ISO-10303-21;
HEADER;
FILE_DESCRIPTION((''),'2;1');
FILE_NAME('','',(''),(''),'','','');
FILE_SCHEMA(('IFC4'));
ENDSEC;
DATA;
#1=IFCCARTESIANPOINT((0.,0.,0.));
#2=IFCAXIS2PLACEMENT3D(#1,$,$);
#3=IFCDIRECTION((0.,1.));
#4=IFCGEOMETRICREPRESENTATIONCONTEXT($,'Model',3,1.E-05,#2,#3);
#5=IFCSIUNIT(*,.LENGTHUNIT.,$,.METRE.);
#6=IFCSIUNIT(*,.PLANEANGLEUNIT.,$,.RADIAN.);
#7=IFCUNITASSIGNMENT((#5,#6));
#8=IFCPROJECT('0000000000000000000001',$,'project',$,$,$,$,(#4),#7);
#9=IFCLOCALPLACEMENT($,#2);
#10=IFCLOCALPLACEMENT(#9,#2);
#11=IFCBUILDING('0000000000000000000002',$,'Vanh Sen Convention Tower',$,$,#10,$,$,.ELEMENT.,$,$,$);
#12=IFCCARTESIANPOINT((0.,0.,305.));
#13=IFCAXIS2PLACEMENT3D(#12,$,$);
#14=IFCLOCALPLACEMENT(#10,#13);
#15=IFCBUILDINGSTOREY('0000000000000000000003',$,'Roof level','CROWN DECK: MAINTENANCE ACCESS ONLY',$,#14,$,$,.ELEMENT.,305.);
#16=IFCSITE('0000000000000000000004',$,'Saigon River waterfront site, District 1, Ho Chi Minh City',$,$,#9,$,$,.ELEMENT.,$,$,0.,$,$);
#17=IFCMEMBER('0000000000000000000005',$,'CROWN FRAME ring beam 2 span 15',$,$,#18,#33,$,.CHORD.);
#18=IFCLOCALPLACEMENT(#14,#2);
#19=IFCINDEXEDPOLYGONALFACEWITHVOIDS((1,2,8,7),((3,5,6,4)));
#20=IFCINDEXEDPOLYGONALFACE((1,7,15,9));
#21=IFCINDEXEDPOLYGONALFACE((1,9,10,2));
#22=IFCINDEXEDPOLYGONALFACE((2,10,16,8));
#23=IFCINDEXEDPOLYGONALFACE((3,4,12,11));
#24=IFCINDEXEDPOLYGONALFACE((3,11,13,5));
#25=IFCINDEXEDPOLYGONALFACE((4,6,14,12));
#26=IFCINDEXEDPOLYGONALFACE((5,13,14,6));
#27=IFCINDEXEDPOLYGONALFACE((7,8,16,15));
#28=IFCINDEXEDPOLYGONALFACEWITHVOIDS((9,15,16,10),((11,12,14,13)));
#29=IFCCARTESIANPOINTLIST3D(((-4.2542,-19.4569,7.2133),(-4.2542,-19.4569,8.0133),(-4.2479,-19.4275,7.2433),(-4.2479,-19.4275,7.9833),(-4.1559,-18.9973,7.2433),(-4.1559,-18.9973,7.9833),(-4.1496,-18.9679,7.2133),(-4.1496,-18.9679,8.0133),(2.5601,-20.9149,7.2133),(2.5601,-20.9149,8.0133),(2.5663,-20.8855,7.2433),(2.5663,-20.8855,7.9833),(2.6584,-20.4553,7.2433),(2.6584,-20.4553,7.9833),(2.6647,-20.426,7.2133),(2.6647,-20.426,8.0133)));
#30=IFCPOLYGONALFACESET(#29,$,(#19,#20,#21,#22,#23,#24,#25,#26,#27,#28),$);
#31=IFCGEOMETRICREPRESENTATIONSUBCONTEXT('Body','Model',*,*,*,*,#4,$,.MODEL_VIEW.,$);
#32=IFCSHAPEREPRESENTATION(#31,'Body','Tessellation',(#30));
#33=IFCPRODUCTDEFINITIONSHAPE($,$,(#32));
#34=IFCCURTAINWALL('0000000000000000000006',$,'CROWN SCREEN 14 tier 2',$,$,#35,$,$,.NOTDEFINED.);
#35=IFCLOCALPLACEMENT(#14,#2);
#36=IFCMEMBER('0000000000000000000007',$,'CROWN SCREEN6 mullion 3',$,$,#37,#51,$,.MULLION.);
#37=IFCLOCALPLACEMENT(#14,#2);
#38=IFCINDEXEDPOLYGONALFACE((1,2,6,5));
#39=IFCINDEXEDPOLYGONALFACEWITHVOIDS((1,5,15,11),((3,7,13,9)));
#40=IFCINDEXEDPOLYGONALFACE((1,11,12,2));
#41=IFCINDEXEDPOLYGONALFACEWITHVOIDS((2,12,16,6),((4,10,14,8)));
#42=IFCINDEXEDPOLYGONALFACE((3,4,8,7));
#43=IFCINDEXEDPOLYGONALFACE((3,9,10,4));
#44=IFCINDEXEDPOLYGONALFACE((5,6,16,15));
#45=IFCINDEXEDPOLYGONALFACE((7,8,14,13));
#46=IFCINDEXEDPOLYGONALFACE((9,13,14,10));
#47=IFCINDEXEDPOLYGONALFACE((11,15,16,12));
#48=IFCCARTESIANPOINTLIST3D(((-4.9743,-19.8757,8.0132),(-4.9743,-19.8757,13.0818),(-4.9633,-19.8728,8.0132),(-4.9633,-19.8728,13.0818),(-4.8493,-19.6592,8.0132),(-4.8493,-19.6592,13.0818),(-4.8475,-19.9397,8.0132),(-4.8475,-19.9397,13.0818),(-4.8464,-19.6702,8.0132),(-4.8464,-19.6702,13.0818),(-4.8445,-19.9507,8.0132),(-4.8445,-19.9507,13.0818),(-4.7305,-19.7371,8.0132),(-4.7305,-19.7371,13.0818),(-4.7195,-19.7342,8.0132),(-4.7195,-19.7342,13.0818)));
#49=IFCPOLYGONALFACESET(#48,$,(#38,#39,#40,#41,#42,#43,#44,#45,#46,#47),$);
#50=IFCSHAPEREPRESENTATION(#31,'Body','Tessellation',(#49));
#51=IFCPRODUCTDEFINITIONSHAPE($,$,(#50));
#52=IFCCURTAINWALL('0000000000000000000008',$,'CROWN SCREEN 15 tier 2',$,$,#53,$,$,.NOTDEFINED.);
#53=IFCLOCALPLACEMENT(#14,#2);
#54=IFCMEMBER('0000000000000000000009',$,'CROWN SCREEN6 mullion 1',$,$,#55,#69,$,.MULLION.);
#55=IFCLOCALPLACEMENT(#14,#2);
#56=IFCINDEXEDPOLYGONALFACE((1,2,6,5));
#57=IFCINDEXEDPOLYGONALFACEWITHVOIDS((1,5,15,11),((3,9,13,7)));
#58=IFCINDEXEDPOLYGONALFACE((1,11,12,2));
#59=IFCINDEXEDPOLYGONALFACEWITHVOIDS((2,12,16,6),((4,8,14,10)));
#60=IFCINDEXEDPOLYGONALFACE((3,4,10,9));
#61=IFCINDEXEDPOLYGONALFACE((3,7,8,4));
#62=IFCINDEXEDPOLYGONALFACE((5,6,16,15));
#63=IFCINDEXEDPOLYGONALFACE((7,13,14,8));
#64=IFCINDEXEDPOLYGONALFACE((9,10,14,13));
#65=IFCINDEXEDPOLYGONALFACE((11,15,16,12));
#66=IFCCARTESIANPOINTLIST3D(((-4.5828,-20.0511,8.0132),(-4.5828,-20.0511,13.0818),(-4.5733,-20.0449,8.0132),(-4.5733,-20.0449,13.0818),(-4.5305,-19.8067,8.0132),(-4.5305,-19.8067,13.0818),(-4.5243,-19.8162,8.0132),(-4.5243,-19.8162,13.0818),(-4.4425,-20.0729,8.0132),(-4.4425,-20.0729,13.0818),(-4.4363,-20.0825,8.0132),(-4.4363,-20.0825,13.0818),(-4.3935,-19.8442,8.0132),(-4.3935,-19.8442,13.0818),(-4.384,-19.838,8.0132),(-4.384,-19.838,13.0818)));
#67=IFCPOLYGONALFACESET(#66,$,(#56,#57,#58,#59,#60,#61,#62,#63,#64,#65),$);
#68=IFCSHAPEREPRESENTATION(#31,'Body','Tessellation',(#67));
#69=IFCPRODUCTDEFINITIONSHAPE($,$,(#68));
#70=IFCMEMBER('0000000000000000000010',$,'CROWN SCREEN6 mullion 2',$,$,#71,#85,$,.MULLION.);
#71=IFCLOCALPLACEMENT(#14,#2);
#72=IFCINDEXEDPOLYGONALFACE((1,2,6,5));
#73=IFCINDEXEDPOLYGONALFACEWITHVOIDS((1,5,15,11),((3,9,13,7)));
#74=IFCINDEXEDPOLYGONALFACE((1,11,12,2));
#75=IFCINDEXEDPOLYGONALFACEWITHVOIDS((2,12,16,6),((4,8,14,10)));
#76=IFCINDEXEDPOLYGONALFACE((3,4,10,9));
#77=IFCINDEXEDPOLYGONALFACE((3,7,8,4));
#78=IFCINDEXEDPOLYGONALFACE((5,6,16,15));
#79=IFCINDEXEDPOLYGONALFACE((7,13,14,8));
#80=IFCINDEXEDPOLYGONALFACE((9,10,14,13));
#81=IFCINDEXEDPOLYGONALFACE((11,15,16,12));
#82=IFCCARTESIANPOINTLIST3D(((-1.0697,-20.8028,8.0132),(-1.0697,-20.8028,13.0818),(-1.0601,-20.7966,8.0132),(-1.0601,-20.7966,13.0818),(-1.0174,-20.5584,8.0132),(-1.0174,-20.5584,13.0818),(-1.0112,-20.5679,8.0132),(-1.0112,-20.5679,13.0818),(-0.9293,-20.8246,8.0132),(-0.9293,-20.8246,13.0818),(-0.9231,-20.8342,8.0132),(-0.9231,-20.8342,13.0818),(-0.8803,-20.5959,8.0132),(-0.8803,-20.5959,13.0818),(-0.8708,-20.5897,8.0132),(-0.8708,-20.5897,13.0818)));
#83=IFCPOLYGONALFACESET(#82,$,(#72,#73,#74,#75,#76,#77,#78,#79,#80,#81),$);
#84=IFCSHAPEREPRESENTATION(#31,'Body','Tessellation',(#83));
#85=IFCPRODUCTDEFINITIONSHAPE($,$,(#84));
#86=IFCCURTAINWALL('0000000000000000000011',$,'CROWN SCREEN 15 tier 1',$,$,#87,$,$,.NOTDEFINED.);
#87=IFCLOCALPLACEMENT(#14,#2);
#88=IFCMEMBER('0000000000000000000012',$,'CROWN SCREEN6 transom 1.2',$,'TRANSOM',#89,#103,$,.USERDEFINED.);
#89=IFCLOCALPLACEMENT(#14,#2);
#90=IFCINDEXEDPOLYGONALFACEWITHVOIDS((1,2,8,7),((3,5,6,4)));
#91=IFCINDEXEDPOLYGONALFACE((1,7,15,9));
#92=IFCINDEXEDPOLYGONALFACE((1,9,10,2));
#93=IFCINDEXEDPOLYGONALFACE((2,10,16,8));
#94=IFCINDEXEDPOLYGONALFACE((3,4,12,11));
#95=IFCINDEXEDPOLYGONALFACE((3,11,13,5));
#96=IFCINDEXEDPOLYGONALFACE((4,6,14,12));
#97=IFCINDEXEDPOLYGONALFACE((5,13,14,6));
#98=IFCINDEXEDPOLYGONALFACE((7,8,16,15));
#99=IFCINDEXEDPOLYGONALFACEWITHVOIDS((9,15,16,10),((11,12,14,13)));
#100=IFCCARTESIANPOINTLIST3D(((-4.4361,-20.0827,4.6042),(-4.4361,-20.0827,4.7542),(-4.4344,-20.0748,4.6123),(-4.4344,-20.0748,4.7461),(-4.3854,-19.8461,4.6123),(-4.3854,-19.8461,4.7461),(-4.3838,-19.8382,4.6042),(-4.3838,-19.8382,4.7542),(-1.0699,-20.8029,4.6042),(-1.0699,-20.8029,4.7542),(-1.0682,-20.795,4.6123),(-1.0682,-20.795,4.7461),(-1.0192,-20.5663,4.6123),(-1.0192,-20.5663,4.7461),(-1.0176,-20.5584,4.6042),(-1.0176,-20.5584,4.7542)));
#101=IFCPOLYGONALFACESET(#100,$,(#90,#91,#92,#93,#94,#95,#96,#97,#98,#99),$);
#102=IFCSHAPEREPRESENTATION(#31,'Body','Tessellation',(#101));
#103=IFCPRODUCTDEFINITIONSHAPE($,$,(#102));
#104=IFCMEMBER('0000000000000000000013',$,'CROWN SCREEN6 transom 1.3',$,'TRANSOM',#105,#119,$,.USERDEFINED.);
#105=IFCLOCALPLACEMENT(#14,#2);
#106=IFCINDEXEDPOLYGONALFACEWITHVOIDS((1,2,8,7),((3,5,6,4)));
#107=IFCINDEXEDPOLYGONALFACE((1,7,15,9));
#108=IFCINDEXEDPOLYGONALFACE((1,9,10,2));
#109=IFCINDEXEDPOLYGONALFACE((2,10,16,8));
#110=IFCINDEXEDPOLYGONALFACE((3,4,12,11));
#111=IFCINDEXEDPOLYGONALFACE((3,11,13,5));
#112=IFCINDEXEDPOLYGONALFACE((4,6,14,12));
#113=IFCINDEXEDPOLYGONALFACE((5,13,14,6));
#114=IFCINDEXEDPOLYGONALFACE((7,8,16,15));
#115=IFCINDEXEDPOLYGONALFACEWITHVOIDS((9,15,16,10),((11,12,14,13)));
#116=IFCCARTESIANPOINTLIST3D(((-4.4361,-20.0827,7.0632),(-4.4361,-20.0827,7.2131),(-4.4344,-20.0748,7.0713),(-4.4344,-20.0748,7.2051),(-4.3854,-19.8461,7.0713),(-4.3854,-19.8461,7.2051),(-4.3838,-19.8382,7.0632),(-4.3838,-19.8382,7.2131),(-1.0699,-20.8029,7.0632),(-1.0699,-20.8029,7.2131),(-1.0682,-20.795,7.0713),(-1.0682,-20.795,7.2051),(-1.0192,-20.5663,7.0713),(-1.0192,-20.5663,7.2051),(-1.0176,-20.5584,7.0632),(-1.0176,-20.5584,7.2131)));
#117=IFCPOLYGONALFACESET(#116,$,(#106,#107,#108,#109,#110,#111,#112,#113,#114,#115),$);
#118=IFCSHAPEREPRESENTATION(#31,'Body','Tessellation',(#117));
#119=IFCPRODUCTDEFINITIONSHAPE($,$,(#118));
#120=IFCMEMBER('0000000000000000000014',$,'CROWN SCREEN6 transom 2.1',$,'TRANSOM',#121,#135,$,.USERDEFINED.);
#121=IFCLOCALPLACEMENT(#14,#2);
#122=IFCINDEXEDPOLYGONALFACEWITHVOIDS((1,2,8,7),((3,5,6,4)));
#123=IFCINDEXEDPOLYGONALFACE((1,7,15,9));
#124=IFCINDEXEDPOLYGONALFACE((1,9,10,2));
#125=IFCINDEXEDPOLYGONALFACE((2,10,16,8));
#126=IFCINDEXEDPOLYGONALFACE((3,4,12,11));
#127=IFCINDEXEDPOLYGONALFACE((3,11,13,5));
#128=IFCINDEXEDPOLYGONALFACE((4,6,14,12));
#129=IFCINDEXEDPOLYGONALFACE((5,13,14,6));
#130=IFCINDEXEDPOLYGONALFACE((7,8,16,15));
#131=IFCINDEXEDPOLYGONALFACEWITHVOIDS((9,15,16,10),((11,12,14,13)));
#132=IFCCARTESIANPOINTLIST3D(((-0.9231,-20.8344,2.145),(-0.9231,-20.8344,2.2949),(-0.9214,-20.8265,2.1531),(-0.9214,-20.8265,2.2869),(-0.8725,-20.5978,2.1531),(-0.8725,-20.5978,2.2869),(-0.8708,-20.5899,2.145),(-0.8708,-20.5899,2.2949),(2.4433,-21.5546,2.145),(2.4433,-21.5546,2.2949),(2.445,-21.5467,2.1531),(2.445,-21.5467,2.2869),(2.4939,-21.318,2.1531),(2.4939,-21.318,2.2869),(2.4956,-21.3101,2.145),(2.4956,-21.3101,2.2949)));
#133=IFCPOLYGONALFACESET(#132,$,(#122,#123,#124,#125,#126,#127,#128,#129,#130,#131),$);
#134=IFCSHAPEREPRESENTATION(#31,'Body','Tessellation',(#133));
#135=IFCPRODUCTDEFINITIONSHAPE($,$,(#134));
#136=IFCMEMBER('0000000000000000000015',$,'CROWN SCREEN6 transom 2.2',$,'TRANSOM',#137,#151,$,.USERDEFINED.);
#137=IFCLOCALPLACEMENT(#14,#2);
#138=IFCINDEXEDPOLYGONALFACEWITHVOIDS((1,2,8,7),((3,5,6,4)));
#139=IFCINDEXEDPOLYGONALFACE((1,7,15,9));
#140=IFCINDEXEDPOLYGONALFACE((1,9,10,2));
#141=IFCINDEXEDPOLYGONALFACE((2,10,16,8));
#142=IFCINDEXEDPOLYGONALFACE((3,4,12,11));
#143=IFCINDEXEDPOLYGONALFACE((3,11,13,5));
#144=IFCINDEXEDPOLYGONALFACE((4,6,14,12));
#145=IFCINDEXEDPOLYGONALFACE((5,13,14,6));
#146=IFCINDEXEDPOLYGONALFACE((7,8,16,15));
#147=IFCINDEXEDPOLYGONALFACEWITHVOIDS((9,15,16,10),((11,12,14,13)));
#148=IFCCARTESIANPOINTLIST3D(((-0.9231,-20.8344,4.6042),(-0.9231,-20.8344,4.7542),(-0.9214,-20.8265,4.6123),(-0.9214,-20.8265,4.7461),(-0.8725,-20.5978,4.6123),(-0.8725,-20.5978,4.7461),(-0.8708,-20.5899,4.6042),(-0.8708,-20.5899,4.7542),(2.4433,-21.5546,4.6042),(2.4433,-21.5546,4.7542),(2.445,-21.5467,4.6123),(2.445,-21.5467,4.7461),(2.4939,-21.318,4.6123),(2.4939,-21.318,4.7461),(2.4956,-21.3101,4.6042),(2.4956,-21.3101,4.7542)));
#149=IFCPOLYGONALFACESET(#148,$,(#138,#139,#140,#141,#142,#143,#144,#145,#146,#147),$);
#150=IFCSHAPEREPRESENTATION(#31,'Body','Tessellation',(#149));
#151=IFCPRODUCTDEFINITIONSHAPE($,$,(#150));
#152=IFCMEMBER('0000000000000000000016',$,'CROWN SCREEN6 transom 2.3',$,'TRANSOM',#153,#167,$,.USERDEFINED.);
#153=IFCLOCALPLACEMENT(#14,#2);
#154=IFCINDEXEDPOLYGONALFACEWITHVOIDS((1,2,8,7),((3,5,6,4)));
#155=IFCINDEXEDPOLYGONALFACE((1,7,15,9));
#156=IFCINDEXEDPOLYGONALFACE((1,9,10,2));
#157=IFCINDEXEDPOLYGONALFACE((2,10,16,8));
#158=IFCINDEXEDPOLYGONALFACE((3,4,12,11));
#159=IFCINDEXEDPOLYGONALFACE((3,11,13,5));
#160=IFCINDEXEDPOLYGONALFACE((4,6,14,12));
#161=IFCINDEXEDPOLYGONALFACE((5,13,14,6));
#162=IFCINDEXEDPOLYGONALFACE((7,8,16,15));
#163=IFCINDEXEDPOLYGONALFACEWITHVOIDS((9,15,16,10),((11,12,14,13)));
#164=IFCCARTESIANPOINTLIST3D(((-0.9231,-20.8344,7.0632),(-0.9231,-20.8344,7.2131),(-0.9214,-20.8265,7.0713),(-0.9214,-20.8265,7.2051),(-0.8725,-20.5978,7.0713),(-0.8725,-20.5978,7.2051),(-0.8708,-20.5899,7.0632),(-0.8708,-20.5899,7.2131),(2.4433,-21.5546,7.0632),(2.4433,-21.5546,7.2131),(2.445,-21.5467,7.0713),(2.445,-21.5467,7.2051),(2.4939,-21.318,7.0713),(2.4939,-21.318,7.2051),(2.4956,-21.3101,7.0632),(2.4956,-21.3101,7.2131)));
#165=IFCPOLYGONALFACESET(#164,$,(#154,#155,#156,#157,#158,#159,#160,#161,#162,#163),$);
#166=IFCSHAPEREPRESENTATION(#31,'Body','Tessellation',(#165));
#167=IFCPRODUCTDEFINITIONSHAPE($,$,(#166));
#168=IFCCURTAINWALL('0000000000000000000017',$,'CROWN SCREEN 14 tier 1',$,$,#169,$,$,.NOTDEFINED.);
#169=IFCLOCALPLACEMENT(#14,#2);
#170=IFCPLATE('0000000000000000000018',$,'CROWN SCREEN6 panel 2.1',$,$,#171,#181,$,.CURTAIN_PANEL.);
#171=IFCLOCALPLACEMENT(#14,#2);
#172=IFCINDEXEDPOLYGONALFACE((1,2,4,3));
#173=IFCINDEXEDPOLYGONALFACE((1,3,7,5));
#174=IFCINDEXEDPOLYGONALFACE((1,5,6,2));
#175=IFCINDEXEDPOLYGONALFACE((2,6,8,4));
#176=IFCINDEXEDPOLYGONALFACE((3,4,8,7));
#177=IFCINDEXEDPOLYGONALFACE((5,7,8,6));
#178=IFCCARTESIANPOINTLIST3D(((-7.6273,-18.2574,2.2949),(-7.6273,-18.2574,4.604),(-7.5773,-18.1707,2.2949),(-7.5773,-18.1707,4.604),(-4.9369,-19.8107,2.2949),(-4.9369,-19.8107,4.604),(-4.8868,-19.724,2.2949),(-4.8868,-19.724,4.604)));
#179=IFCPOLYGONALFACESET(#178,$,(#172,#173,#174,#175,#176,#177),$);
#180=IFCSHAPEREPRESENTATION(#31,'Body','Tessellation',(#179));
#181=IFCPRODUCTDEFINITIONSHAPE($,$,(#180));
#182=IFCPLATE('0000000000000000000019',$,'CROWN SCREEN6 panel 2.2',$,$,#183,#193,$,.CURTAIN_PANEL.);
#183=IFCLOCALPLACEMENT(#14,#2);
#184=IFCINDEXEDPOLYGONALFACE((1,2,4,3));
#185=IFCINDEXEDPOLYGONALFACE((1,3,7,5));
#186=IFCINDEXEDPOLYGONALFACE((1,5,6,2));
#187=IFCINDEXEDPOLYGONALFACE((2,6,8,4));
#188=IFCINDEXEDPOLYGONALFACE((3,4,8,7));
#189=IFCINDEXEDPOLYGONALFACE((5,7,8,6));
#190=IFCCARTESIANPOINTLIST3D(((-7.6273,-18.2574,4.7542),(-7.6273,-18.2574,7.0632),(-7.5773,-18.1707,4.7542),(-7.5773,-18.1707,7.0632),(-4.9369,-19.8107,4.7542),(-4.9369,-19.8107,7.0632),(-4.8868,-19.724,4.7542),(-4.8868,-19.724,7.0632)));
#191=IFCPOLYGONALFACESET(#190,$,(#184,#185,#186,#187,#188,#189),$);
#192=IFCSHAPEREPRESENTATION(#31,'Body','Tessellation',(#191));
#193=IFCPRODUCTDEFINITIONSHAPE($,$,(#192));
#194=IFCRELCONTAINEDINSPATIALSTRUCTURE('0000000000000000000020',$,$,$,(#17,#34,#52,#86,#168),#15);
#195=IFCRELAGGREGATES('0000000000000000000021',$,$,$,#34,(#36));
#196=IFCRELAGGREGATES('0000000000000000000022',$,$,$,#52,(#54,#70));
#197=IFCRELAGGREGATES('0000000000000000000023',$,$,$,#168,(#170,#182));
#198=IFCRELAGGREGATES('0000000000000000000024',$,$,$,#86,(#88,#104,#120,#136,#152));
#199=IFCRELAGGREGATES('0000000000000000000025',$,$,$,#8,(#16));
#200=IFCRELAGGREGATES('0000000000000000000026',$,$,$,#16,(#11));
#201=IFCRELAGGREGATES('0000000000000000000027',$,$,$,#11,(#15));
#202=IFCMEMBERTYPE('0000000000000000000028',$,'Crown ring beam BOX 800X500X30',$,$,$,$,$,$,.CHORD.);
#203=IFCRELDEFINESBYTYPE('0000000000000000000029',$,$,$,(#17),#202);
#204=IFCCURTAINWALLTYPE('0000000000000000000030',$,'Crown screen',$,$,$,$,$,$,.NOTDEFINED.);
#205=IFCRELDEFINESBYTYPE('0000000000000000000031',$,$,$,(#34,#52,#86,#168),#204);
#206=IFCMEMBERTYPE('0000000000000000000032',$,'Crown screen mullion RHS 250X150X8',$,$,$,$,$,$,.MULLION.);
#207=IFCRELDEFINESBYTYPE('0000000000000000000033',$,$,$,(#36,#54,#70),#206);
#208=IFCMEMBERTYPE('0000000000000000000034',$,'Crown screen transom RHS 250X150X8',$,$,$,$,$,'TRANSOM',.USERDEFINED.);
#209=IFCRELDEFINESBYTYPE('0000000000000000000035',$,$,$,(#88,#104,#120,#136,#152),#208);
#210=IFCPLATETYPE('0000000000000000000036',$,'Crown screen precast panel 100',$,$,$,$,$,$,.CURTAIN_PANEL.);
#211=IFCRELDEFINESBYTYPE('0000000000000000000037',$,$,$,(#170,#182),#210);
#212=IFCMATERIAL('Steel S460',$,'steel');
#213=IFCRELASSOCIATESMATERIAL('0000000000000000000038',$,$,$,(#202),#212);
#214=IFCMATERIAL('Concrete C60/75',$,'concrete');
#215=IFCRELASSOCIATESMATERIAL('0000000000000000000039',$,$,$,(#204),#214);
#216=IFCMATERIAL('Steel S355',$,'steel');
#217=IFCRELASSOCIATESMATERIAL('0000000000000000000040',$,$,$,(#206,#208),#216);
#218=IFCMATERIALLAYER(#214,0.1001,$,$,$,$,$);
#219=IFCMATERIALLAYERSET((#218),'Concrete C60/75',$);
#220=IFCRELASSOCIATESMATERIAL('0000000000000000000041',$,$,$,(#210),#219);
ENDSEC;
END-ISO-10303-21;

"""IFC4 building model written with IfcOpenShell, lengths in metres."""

from ifc_helpers import new_model, si_unit, direction, frame, origin, origin_2d, place, context, subcontext, project, spatial, rectangle, hollow_rectangle, extrude, material, layer, layer_set, material_profile, profile_set, type_object, element, aggregate, save


model = new_model("IFC4")

# Units and contexts
model_context = context("Model", 3, precision=1e-05, world=origin(), true_north=direction((0.0, 1.0)))
body_context = subcontext(model_context, "Body", "Model", "MODEL_VIEW")
ifc_project = project(units=[si_unit("LENGTHUNIT", "METRE"), si_unit("PLANEANGLEUNIT", "RADIAN")], contexts=[model_context])

# Site, building, storey
site_placement = place(None, origin())
site = spatial("IfcSite", under=ifc_project, at=site_placement, Name="Saigon River waterfront site, District 1, Ho Chi Minh City", CompositionType="ELEMENT", RefElevation=0.0)
building_placement = place(site_placement, origin())
building = spatial("IfcBuilding", under=site, at=building_placement, Name="Vanh Sen Convention Tower", CompositionType="ELEMENT")
storey_placement = place(building_placement, frame((0.0, 0.0, 305.0)))
storey = spatial("IfcBuildingStorey", under=building, at=storey_placement, Name="Roof level", Description="CROWN DECK: MAINTENANCE ACCESS ONLY", CompositionType="ELEMENT", Elevation=305.0)

# Member
ifc_material_1 = material(Name="Steel S460", Category="steel")
ifc_material_profile_1 = material_profile(ifc_material_1, hollow_rectangle(XDim=0.5, YDim=0.8, WallThickness=0.03, at=origin_2d()), Name="BOX 800X500X30")
ifc_profile_set_1 = profile_set([ifc_material_profile_1], Name="Steel S460")
member_type_1 = type_object("IfcMemberType", Name="Crown ring beam BOX 800X500X30", PredefinedType="CHORD", material=ifc_profile_set_1)
member_1_placement = place(storey_placement, frame((-4.2019, -19.2124, 7.6133), z_axis=(0.977866, -0.20923, 0.0), x_axis=(0.20923, 0.977866, 0.0)))
element("IfcMember", 1, at=member_1_placement, inside=storey, type_object=member_type_1, Name="CROWN FRAME ring beam 2 span 15", PredefinedType="CHORD", context=body_context, shape_type="SweptSolid", body=[
    extrude(hollow_rectangle(XDim=0.5, YDim=0.8, WallThickness=0.03, at=origin_2d()), origin(), (0.0, 0.0, 1.0), 6.9685),
])

# Curtain wall, member
ifc_material_2 = material(Name="Concrete C60/75", Category="concrete")
curtain_wall_type = type_object("IfcCurtainWallType", Name="Crown screen", PredefinedType="NOTDEFINED", material=ifc_material_2)
curtain_wall_1_placement = place(storey_placement, origin())
curtain_wall_1 = element("IfcCurtainWall", 2, at=curtain_wall_1_placement, inside=storey, type_object=curtain_wall_type, Name="CROWN SCREEN 14 tier 2", PredefinedType="NOTDEFINED")
ifc_material_3 = material(Name="Steel S355", Category="steel")
ifc_material_profile_2 = material_profile(ifc_material_3, hollow_rectangle(XDim=0.25, YDim=0.1499, WallThickness=0.0081, at=origin_2d()), Name="RHS 250X150X8")
ifc_profile_set_2 = profile_set([ifc_material_profile_2], Name="Steel S355")
member_type_2 = type_object("IfcMemberType", Name="Crown screen mullion RHS 250X150X8", PredefinedType="MULLION", material=ifc_profile_set_2)
member_2_placement = place(storey_placement, frame((-4.8469, -19.8049, 8.0132), z_axis=(0.0, 0.0, 1.0), x_axis=(0.499994, 0.866029, 0.0)))
member_2 = element("IfcMember", 3, at=member_2_placement, type_object=member_type_2, Name="CROWN SCREEN6 mullion 3", PredefinedType="MULLION", context=body_context, shape_type="SweptSolid", body=[
    extrude(hollow_rectangle(XDim=0.25, YDim=0.1499, WallThickness=0.0081, at=origin_2d()), origin(), (0.0, 0.0, 1.0), 5.0686),
])
aggregate(curtain_wall_1, [member_2])

# Curtain walls, members
curtain_wall_2_placement = place(storey_placement, origin())
curtain_wall_2 = element("IfcCurtainWall", 4, at=curtain_wall_2_placement, inside=storey, type_object=curtain_wall_type, Name="CROWN SCREEN 15 tier 2", PredefinedType="NOTDEFINED")
member_3_placement = place(storey_placement, frame((-4.4834, -19.9446, 8.0132), z_axis=(0.0, 0.0, 1.0), x_axis=(0.209236, 0.977865, 0.0)))
member_3 = element("IfcMember", 5, at=member_3_placement, type_object=member_type_2, Name="CROWN SCREEN6 mullion 1", PredefinedType="MULLION", context=body_context, shape_type="SweptSolid", body=[
    extrude(hollow_rectangle(XDim=0.25, YDim=0.1499, WallThickness=0.0081, at=origin_2d()), origin(), (0.0, 0.0, 1.0), 5.0686),
])
member_4_placement = place(storey_placement, frame((-0.9702, -20.6963, 8.0132), z_axis=(0.0, 0.0, 1.0), x_axis=(0.209236, 0.977865, 0.0)))
member_4 = element("IfcMember", 6, at=member_4_placement, type_object=member_type_2, Name="CROWN SCREEN6 mullion 2", PredefinedType="MULLION", context=body_context, shape_type="SweptSolid", body=[
    extrude(hollow_rectangle(XDim=0.25, YDim=0.1499, WallThickness=0.0081, at=origin_2d()), origin(), (0.0, 0.0, 1.0), 5.0686),
])
aggregate(curtain_wall_2, [member_3, member_4])
curtain_wall_3_placement = place(storey_placement, origin())
curtain_wall_3 = element("IfcCurtainWall", 7, at=curtain_wall_3_placement, inside=storey, type_object=curtain_wall_type, Name="CROWN SCREEN 15 tier 1", PredefinedType="NOTDEFINED")
ifc_material_profile_3 = material_profile(ifc_material_3, hollow_rectangle(XDim=0.25, YDim=0.1499, WallThickness=0.0081, at=origin_2d()), Name="RHS 250X150X8")
ifc_profile_set_3 = profile_set([ifc_material_profile_3], Name="Steel S355")
member_type_3 = type_object("IfcMemberType", Name="Crown screen transom RHS 250X150X8", ElementType="TRANSOM", PredefinedType="USERDEFINED", material=ifc_profile_set_3)
member_5_placement = place(storey_placement, frame((-4.4099, -19.9604, 4.6792), z_axis=(0.977869, -0.209219, 0.0), x_axis=(0.209219, 0.977869, 0.0)))
member_5 = element("IfcMember", 8, at=member_5_placement, type_object=member_type_3, Name="CROWN SCREEN6 transom 1.2", ObjectType="TRANSOM", PredefinedType="USERDEFINED", context=body_context, shape_type="SweptSolid", body=[
    extrude(hollow_rectangle(XDim=0.25, YDim=0.1499, WallThickness=0.0081, at=origin_2d()), origin(), (0.0, 0.0, 1.0), 3.4424),
])
member_6_placement = place(storey_placement, frame((-4.4099, -19.9604, 7.1382), z_axis=(0.977869, -0.209219, 0.0), x_axis=(0.209219, 0.977869, 0.0)))
member_6 = element("IfcMember", 9, at=member_6_placement, type_object=member_type_3, Name="CROWN SCREEN6 transom 1.3", ObjectType="TRANSOM", PredefinedType="USERDEFINED", context=body_context, shape_type="SweptSolid", body=[
    extrude(hollow_rectangle(XDim=0.25, YDim=0.1499, WallThickness=0.0081, at=origin_2d()), origin(), (0.0, 0.0, 1.0), 3.4424),
])
member_7_placement = place(storey_placement, frame((-0.897, -20.7122, 2.22), z_axis=(0.977872, -0.209205, 0.0), x_axis=(0.209205, 0.977872, 0.0)))
member_7 = element("IfcMember", 10, at=member_7_placement, type_object=member_type_3, Name="CROWN SCREEN6 transom 2.1", ObjectType="TRANSOM", PredefinedType="USERDEFINED", context=body_context, shape_type="SweptSolid", body=[
    extrude(hollow_rectangle(XDim=0.25, YDim=0.1499, WallThickness=0.0081, at=origin_2d()), origin(), (0.0, 0.0, 1.0), 3.4426),
])
member_8_placement = place(storey_placement, frame((-0.897, -20.7122, 4.6792), z_axis=(0.977872, -0.209205, 0.0), x_axis=(0.209205, 0.977872, 0.0)))
member_8 = element("IfcMember", 11, at=member_8_placement, type_object=member_type_3, Name="CROWN SCREEN6 transom 2.2", ObjectType="TRANSOM", PredefinedType="USERDEFINED", context=body_context, shape_type="SweptSolid", body=[
    extrude(hollow_rectangle(XDim=0.25, YDim=0.1499, WallThickness=0.0081, at=origin_2d()), origin(), (0.0, 0.0, 1.0), 3.4426),
])
member_9_placement = place(storey_placement, frame((-0.897, -20.7122, 7.1382), z_axis=(0.977872, -0.209205, 0.0), x_axis=(0.209205, 0.977872, 0.0)))
member_9 = element("IfcMember", 12, at=member_9_placement, type_object=member_type_3, Name="CROWN SCREEN6 transom 2.3", ObjectType="TRANSOM", PredefinedType="USERDEFINED", context=body_context, shape_type="SweptSolid", body=[
    extrude(hollow_rectangle(XDim=0.25, YDim=0.1499, WallThickness=0.0081, at=origin_2d()), origin(), (0.0, 0.0, 1.0), 3.4426),
])

# Curtain wall, plates
curtain_wall_4_placement = place(storey_placement, origin())
curtain_wall_4 = element("IfcCurtainWall", 13, at=curtain_wall_4_placement, inside=storey, type_object=curtain_wall_type, Name="CROWN SCREEN 14 tier 1", PredefinedType="NOTDEFINED")
ifc_layer_1 = layer(ifc_material_2, 0.1001)
ifc_layer_set_1 = layer_set([ifc_layer_1], Name="Concrete C60/75")
plate_type = type_object("IfcPlateType", Name="Crown screen precast panel 100", PredefinedType="CURTAIN_PANEL", material=ifc_layer_set_1)
plate_1_placement = place(storey_placement, frame((-6.2571, -18.9907, 2.2949), z_axis=(0.0, 0.0, 1.0), x_axis=(0.866029, -0.499994, 0.0)))
plate_1 = element("IfcPlate", 14, at=plate_1_placement, type_object=plate_type, Name="CROWN SCREEN6 panel 2.1", PredefinedType="CURTAIN_PANEL", context=body_context, shape_type="SweptSolid", body=[
    extrude(rectangle(XDim=3.1067, YDim=0.1001, at=origin_2d()), origin(), (0.0, 0.0, 1.0), 2.3091),
])
plate_2_placement = place(storey_placement, frame((-6.2571, -18.9907, 4.7542), z_axis=(0.0, 0.0, 1.0), x_axis=(0.866029, -0.499994, 0.0)))
plate_2 = element("IfcPlate", 15, at=plate_2_placement, type_object=plate_type, Name="CROWN SCREEN6 panel 2.2", PredefinedType="CURTAIN_PANEL", context=body_context, shape_type="SweptSolid", body=[
    extrude(rectangle(XDim=3.1067, YDim=0.1001, at=origin_2d()), origin(), (0.0, 0.0, 1.0), 2.3091),
])
aggregate(curtain_wall_4, [plate_1, plate_2])

aggregate(curtain_wall_3, [member_5, member_6, member_7, member_8, member_9])

save(model, "model.ifc")
